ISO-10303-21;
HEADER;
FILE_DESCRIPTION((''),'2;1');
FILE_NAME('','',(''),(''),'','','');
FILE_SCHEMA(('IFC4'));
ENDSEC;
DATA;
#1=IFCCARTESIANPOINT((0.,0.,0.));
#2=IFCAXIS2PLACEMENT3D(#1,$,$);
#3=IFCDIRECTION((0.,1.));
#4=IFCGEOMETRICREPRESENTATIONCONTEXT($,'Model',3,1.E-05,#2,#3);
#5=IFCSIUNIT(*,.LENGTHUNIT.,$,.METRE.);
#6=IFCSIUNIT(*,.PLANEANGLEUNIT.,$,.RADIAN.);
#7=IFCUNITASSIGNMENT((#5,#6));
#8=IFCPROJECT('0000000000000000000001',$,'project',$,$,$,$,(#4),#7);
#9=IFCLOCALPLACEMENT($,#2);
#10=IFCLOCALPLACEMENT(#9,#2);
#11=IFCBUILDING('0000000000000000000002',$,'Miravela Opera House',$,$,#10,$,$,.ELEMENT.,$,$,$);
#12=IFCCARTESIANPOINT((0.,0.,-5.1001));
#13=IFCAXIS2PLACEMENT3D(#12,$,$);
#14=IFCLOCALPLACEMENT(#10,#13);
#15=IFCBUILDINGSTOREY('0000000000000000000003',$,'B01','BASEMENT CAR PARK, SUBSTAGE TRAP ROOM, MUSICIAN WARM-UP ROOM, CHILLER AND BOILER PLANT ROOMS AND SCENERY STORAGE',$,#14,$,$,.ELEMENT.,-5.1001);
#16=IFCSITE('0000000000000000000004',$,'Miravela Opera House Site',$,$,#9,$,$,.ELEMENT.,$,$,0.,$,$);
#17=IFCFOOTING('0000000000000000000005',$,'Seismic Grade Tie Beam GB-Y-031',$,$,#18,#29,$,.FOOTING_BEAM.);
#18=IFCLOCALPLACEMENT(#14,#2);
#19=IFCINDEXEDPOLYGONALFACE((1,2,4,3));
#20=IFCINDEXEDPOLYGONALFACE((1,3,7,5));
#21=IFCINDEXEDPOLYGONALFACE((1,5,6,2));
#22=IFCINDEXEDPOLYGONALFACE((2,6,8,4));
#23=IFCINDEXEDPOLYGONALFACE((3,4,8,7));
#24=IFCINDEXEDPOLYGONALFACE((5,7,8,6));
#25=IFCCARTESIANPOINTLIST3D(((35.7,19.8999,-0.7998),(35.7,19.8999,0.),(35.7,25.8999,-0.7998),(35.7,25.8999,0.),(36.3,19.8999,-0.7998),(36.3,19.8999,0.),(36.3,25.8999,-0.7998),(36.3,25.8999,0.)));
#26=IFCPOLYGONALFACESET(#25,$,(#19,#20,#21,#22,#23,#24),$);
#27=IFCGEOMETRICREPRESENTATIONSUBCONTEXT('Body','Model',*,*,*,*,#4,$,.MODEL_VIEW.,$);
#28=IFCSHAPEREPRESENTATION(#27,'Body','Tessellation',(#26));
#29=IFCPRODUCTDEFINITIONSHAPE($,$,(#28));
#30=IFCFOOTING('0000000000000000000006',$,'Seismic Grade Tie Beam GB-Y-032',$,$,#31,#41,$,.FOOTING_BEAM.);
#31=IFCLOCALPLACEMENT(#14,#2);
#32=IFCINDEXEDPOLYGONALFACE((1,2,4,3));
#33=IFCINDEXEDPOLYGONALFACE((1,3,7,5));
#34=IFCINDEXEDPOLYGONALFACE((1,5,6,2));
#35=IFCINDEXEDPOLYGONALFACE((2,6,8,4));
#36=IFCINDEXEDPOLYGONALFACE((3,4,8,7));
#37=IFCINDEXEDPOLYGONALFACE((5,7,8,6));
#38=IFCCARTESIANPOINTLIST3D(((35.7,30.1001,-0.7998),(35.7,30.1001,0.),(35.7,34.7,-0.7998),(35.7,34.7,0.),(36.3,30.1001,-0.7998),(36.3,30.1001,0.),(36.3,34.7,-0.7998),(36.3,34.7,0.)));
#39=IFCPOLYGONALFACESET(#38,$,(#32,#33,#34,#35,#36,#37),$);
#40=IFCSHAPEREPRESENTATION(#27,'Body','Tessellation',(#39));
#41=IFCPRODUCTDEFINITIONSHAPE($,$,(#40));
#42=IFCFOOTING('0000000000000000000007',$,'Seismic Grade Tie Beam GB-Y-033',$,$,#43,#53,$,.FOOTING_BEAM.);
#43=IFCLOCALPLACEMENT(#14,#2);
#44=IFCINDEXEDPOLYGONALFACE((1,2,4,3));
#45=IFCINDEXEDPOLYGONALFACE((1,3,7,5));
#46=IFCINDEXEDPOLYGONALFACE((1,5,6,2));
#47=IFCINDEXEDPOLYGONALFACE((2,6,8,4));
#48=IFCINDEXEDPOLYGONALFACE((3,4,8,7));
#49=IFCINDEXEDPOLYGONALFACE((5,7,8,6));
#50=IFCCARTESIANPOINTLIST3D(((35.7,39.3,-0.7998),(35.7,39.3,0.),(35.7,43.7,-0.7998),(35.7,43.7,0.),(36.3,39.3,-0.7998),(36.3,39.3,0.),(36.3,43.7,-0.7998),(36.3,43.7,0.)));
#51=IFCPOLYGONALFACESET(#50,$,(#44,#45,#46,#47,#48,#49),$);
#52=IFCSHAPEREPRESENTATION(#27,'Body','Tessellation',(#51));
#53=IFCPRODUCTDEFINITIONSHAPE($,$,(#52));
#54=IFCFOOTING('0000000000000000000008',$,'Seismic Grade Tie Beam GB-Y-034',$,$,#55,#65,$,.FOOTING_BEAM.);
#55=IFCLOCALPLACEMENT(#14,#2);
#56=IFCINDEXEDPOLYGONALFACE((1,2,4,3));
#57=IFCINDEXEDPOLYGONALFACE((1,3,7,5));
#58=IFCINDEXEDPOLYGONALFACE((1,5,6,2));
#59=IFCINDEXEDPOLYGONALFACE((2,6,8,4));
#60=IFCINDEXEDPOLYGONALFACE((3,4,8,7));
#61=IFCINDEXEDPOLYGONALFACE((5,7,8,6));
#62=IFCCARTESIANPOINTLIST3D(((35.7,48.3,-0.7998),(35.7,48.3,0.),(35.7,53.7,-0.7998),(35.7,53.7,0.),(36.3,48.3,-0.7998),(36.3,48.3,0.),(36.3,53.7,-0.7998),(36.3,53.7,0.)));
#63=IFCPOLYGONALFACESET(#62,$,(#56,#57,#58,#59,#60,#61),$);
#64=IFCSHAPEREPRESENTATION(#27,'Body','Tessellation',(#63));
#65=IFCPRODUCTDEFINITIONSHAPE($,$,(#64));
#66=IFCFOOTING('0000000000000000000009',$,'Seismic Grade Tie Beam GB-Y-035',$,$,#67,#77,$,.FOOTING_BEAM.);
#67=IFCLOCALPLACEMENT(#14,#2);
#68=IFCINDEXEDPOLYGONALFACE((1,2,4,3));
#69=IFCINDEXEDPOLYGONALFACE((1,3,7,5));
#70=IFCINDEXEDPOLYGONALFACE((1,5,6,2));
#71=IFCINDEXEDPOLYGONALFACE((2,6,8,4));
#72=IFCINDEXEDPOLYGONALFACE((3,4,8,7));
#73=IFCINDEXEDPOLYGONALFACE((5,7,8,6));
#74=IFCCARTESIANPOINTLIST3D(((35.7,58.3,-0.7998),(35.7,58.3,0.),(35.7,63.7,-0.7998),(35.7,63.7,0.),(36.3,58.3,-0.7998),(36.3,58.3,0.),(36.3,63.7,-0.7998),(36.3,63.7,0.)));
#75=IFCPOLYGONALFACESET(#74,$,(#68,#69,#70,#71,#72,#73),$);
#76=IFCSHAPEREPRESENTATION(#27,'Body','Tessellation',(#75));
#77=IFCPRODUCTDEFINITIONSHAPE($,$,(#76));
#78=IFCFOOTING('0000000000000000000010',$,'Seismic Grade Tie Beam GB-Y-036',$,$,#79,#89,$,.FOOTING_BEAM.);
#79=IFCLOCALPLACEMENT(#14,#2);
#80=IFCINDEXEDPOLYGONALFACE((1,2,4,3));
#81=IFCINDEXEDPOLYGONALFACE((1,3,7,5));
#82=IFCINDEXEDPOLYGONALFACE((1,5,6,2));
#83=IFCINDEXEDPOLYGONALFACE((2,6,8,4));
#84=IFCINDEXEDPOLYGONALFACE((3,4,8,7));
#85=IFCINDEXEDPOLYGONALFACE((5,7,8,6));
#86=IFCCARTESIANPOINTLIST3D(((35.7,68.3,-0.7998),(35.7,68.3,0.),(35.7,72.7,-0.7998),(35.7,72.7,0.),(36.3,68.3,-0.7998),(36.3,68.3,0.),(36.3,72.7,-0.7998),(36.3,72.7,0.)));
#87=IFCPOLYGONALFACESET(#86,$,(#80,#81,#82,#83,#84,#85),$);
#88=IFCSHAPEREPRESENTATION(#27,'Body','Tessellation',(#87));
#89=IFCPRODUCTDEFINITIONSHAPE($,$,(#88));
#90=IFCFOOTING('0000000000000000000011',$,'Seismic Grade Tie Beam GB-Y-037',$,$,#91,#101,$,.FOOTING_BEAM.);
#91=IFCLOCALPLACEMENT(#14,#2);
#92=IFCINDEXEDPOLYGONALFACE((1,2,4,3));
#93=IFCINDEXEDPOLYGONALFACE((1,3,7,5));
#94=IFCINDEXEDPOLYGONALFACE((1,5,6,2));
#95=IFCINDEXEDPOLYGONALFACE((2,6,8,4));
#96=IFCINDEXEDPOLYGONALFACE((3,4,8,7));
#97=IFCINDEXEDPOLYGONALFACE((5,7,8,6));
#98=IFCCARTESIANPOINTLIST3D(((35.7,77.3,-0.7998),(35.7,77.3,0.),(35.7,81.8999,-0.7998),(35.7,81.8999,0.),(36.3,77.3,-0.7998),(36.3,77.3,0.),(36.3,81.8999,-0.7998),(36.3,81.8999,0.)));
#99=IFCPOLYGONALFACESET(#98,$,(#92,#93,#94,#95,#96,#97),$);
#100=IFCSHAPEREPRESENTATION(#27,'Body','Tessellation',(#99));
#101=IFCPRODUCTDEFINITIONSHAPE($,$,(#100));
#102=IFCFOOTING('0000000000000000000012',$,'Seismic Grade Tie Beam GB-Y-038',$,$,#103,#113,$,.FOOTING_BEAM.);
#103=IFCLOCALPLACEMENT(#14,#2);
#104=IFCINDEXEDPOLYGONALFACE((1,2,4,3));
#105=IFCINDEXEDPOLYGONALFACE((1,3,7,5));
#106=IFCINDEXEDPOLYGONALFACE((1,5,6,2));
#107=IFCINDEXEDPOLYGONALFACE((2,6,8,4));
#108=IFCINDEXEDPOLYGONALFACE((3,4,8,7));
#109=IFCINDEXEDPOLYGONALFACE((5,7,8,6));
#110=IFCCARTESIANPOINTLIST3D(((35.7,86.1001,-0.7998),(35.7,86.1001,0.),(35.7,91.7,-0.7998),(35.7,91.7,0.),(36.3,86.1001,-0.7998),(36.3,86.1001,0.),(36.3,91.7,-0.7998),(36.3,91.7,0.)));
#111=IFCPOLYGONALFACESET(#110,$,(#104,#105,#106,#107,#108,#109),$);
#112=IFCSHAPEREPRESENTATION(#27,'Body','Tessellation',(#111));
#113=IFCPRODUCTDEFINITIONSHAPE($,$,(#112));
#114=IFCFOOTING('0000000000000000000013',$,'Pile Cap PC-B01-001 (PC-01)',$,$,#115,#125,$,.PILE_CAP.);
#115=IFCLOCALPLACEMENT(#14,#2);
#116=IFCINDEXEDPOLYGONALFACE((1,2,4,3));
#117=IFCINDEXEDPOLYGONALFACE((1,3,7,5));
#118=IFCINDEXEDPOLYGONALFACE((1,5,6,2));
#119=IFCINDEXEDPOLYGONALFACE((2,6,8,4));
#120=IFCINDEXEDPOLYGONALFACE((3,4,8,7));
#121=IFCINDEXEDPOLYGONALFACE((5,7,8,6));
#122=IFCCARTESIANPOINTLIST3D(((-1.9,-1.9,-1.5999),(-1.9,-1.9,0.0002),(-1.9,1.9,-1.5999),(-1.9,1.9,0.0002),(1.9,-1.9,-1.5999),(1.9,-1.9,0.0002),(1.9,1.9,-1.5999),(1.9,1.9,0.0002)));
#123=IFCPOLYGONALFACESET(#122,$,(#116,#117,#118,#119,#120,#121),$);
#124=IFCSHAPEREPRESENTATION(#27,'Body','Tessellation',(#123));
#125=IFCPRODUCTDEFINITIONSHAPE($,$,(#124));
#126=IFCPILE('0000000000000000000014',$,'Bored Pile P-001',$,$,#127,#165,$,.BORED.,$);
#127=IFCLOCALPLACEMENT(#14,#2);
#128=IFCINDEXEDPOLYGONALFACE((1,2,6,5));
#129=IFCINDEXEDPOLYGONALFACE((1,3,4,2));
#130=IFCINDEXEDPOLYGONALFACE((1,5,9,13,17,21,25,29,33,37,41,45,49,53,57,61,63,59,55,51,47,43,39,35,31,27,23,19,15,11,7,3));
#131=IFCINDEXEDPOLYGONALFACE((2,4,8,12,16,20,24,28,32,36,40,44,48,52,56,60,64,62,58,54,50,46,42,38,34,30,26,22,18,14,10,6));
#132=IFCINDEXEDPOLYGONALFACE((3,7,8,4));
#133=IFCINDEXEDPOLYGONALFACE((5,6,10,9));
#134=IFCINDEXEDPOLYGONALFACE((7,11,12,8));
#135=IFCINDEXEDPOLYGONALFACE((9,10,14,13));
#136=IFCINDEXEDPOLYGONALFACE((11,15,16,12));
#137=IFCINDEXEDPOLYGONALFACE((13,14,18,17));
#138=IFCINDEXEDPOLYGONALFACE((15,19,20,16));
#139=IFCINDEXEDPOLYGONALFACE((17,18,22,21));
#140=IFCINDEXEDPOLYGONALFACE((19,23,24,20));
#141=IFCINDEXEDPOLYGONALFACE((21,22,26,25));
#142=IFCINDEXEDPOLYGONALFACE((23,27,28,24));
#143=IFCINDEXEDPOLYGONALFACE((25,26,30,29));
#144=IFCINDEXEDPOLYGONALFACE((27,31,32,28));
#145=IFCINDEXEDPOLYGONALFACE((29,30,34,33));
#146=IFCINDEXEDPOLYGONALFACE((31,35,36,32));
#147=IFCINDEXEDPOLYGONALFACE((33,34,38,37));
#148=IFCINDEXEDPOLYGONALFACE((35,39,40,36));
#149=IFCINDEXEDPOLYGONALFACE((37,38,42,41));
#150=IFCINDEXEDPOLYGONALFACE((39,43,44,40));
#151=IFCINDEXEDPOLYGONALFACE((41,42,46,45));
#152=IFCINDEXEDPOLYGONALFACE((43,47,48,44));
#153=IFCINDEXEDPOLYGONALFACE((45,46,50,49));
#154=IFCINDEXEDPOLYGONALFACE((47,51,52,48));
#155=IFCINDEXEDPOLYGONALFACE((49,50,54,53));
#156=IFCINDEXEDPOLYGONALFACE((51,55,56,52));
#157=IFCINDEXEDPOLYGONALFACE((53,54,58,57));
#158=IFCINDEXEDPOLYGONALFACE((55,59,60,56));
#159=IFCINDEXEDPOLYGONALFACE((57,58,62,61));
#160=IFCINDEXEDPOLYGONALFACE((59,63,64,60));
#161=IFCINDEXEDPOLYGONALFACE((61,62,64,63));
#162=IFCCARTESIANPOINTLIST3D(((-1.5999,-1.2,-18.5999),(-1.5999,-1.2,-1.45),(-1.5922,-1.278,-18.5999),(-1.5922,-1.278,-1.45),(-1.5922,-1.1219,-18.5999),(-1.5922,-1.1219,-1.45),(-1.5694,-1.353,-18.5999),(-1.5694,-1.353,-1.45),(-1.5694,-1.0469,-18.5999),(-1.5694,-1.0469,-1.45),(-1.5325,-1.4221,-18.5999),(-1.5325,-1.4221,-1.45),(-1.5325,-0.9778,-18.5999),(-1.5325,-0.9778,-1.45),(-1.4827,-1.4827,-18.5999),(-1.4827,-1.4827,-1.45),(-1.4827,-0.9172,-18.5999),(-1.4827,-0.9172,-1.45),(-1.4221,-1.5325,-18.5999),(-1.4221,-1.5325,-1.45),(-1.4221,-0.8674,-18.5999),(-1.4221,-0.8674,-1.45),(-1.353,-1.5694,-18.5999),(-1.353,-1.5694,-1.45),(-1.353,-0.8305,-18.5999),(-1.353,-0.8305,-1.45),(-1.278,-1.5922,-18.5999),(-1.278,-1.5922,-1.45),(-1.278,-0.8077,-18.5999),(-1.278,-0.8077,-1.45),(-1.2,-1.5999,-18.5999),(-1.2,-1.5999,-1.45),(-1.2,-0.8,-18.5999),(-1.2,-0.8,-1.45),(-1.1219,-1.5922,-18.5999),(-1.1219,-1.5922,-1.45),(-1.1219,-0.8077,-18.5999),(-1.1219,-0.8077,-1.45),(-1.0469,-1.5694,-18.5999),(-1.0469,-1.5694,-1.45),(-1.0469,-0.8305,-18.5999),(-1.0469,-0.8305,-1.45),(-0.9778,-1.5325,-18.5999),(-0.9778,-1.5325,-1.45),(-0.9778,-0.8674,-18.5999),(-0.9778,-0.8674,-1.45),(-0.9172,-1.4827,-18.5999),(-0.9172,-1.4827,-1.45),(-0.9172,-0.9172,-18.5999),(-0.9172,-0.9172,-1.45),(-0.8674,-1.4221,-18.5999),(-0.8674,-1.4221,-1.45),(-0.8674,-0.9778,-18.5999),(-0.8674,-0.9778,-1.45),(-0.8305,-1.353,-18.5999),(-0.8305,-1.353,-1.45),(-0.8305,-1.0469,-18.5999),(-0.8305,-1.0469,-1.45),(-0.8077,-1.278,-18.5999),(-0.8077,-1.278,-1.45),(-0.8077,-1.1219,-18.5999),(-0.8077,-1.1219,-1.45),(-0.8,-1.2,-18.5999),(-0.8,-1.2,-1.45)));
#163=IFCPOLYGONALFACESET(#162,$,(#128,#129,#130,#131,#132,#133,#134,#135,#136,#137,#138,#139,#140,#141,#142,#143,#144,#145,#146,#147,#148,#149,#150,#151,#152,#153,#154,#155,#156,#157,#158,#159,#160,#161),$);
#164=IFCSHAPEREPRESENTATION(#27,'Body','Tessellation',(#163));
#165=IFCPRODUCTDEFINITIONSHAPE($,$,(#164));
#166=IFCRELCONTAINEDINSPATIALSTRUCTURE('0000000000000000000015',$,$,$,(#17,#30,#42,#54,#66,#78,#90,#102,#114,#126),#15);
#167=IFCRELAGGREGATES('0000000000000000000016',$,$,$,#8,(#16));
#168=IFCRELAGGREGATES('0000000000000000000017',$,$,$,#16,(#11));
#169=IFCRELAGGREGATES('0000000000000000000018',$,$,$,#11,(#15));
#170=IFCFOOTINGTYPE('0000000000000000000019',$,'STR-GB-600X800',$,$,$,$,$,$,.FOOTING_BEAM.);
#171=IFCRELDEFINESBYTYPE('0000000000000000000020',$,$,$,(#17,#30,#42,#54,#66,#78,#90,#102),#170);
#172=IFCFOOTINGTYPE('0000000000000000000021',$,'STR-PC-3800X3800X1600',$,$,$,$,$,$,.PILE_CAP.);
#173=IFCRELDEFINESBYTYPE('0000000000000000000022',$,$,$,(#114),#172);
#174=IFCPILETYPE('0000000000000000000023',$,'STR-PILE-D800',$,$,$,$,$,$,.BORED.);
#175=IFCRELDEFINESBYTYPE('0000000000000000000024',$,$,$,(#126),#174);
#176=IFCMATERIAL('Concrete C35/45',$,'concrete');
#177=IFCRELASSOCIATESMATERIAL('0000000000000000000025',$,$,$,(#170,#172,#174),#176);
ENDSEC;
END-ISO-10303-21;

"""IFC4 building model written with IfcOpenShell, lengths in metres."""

from ifc_helpers import new_model, si_unit, direction, frame, origin, origin_2d, place, context, subcontext, project, spatial, polyline, rectangle, circle, outline, extrude, material, material_profile, profile_set, type_object, element, save


model = new_model("IFC4")

# Units and contexts
model_context = context("Model", 3, precision=1e-05, world=origin(), true_north=direction((0.0, 1.0)))
body_context = subcontext(model_context, "Body", "Model", "MODEL_VIEW")
ifc_project = project(units=[si_unit("LENGTHUNIT", "METRE"), si_unit("PLANEANGLEUNIT", "RADIAN")], contexts=[model_context])

# Site, building, storey
site_placement = place(None, origin())
site = spatial("IfcSite", under=ifc_project, at=site_placement, Name="Miravela Opera House Site", CompositionType="ELEMENT", RefElevation=0.0)
building_placement = place(site_placement, origin())
building = spatial("IfcBuilding", under=site, at=building_placement, Name="Miravela Opera House", CompositionType="ELEMENT")
storey_placement = place(building_placement, frame((0.0, 0.0, -5.1001)))
storey = spatial("IfcBuildingStorey", under=building, at=storey_placement, Name="B01", Description="BASEMENT CAR PARK, SUBSTAGE TRAP ROOM, MUSICIAN WARM-UP ROOM, CHILLER AND BOILER PLANT ROOMS AND SCENERY STORAGE", CompositionType="ELEMENT", Elevation=-5.1001)

# Footings
ifc_material = material(Name="Concrete C35/45", Category="concrete")
footing_type_1 = type_object("IfcFootingType", Name="STR-GB-600X800", PredefinedType="FOOTING_BEAM", material=ifc_material)
footing_1_placement = place(storey_placement, frame((0.0, 0.0, -0.7998)))
element("IfcFooting", 1, at=footing_1_placement, inside=storey, type_object=footing_type_1, Name="Seismic Grade Tie Beam GB-Y-031", PredefinedType="FOOTING_BEAM", context=body_context, shape_type="SweptSolid", body=[
    extrude(outline(polyline([(35.7, 19.8999), (36.3, 19.8999), (36.3, 25.8999), (35.7, 25.8999), (35.7, 19.8999)])), origin(), (0.0, 0.0, 1.0), 0.7998),
])
footing_2_placement = place(storey_placement, frame((0.0, 0.0, -0.7998)))
element("IfcFooting", 2, at=footing_2_placement, inside=storey, type_object=footing_type_1, Name="Seismic Grade Tie Beam GB-Y-032", PredefinedType="FOOTING_BEAM", context=body_context, shape_type="SweptSolid", body=[
    extrude(outline(polyline([(35.7, 30.1001), (36.3, 30.1001), (36.3, 34.7), (35.7, 34.7), (35.7, 30.1001)])), origin(), (0.0, 0.0, 1.0), 0.7998),
])
footing_3_placement = place(storey_placement, frame((0.0, 0.0, -0.7998)))
element("IfcFooting", 3, at=footing_3_placement, inside=storey, type_object=footing_type_1, Name="Seismic Grade Tie Beam GB-Y-033", PredefinedType="FOOTING_BEAM", context=body_context, shape_type="SweptSolid", body=[
    extrude(outline(polyline([(35.7, 39.3), (36.3, 39.3), (36.3, 43.7), (35.7, 43.7), (35.7, 39.3)])), origin(), (0.0, 0.0, 1.0), 0.7998),
])
footing_4_placement = place(storey_placement, frame((0.0, 0.0, -0.7998)))
element("IfcFooting", 4, at=footing_4_placement, inside=storey, type_object=footing_type_1, Name="Seismic Grade Tie Beam GB-Y-034", PredefinedType="FOOTING_BEAM", context=body_context, shape_type="SweptSolid", body=[
    extrude(outline(polyline([(35.7, 48.3), (36.3, 48.3), (36.3, 53.7), (35.7, 53.7), (35.7, 48.3)])), origin(), (0.0, 0.0, 1.0), 0.7998),
])
footing_5_placement = place(storey_placement, frame((0.0, 0.0, -0.7998)))
element("IfcFooting", 5, at=footing_5_placement, inside=storey, type_object=footing_type_1, Name="Seismic Grade Tie Beam GB-Y-035", PredefinedType="FOOTING_BEAM", context=body_context, shape_type="SweptSolid", body=[
    extrude(outline(polyline([(35.7, 58.3), (36.3, 58.3), (36.3, 63.7), (35.7, 63.7), (35.7, 58.3)])), origin(), (0.0, 0.0, 1.0), 0.7998),
])
footing_6_placement = place(storey_placement, frame((0.0, 0.0, -0.7998)))
element("IfcFooting", 6, at=footing_6_placement, inside=storey, type_object=footing_type_1, Name="Seismic Grade Tie Beam GB-Y-036", PredefinedType="FOOTING_BEAM", context=body_context, shape_type="SweptSolid", body=[
    extrude(outline(polyline([(35.7, 68.3), (36.3, 68.3), (36.3, 72.7), (35.7, 72.7), (35.7, 68.3)])), origin(), (0.0, 0.0, 1.0), 0.7998),
])
footing_7_placement = place(storey_placement, frame((0.0, 0.0, -0.7998)))
element("IfcFooting", 7, at=footing_7_placement, inside=storey, type_object=footing_type_1, Name="Seismic Grade Tie Beam GB-Y-037", PredefinedType="FOOTING_BEAM", context=body_context, shape_type="SweptSolid", body=[
    extrude(outline(polyline([(35.7, 77.3), (36.3, 77.3), (36.3, 81.8999), (35.7, 81.8999), (35.7, 77.3)])), origin(), (0.0, 0.0, 1.0), 0.7998),
])
footing_8_placement = place(storey_placement, frame((0.0, 0.0, -0.7998)))
element("IfcFooting", 8, at=footing_8_placement, inside=storey, type_object=footing_type_1, Name="Seismic Grade Tie Beam GB-Y-038", PredefinedType="FOOTING_BEAM", context=body_context, shape_type="SweptSolid", body=[
    extrude(outline(polyline([(35.7, 86.1001), (36.3, 86.1001), (36.3, 91.7), (35.7, 91.7), (35.7, 86.1001)])), origin(), (0.0, 0.0, 1.0), 0.7998),
])
footing_type_2 = type_object("IfcFootingType", Name="STR-PC-3800X3800X1600", PredefinedType="PILE_CAP", material=ifc_material)
footing_9_placement = place(storey_placement, frame((0.0, 0.0, -1.5999), z_axis=(0.0, 0.0, 1.0), x_axis=(1.0, 0.0, 0.0)))
element("IfcFooting", 9, at=footing_9_placement, inside=storey, type_object=footing_type_2, Name="Pile Cap PC-B01-001 (PC-01)", PredefinedType="PILE_CAP", context=body_context, shape_type="SweptSolid", body=[
    extrude(rectangle(XDim=3.8, YDim=3.8, at=origin_2d()), origin(), (0.0, 0.0, 1.0), 1.6001),
])

# Pile
ifc_material_profile = material_profile(ifc_material, circle(Radius=0.3999, at=origin_2d()), Name="PILE-D800")
ifc_profile_set = profile_set([ifc_material_profile])
pile_type = type_object("IfcPileType", Name="STR-PILE-D800", PredefinedType="BORED", material=ifc_profile_set)
pile_placement = place(storey_placement, frame((-1.2, -1.2, -1.45), z_axis=(0.0, 0.0, -1.0), x_axis=(1.0, 0.0, 0.0)))
element("IfcPile", 10, at=pile_placement, inside=storey, type_object=pile_type, Name="Bored Pile P-001", PredefinedType="BORED", context=body_context, shape_type="SweptSolid", body=[
    extrude(circle(Radius=0.3999, at=origin_2d()), origin(), (0.0, 0.0, 1.0), 17.1499),
])

save(model, "model.ifc")
